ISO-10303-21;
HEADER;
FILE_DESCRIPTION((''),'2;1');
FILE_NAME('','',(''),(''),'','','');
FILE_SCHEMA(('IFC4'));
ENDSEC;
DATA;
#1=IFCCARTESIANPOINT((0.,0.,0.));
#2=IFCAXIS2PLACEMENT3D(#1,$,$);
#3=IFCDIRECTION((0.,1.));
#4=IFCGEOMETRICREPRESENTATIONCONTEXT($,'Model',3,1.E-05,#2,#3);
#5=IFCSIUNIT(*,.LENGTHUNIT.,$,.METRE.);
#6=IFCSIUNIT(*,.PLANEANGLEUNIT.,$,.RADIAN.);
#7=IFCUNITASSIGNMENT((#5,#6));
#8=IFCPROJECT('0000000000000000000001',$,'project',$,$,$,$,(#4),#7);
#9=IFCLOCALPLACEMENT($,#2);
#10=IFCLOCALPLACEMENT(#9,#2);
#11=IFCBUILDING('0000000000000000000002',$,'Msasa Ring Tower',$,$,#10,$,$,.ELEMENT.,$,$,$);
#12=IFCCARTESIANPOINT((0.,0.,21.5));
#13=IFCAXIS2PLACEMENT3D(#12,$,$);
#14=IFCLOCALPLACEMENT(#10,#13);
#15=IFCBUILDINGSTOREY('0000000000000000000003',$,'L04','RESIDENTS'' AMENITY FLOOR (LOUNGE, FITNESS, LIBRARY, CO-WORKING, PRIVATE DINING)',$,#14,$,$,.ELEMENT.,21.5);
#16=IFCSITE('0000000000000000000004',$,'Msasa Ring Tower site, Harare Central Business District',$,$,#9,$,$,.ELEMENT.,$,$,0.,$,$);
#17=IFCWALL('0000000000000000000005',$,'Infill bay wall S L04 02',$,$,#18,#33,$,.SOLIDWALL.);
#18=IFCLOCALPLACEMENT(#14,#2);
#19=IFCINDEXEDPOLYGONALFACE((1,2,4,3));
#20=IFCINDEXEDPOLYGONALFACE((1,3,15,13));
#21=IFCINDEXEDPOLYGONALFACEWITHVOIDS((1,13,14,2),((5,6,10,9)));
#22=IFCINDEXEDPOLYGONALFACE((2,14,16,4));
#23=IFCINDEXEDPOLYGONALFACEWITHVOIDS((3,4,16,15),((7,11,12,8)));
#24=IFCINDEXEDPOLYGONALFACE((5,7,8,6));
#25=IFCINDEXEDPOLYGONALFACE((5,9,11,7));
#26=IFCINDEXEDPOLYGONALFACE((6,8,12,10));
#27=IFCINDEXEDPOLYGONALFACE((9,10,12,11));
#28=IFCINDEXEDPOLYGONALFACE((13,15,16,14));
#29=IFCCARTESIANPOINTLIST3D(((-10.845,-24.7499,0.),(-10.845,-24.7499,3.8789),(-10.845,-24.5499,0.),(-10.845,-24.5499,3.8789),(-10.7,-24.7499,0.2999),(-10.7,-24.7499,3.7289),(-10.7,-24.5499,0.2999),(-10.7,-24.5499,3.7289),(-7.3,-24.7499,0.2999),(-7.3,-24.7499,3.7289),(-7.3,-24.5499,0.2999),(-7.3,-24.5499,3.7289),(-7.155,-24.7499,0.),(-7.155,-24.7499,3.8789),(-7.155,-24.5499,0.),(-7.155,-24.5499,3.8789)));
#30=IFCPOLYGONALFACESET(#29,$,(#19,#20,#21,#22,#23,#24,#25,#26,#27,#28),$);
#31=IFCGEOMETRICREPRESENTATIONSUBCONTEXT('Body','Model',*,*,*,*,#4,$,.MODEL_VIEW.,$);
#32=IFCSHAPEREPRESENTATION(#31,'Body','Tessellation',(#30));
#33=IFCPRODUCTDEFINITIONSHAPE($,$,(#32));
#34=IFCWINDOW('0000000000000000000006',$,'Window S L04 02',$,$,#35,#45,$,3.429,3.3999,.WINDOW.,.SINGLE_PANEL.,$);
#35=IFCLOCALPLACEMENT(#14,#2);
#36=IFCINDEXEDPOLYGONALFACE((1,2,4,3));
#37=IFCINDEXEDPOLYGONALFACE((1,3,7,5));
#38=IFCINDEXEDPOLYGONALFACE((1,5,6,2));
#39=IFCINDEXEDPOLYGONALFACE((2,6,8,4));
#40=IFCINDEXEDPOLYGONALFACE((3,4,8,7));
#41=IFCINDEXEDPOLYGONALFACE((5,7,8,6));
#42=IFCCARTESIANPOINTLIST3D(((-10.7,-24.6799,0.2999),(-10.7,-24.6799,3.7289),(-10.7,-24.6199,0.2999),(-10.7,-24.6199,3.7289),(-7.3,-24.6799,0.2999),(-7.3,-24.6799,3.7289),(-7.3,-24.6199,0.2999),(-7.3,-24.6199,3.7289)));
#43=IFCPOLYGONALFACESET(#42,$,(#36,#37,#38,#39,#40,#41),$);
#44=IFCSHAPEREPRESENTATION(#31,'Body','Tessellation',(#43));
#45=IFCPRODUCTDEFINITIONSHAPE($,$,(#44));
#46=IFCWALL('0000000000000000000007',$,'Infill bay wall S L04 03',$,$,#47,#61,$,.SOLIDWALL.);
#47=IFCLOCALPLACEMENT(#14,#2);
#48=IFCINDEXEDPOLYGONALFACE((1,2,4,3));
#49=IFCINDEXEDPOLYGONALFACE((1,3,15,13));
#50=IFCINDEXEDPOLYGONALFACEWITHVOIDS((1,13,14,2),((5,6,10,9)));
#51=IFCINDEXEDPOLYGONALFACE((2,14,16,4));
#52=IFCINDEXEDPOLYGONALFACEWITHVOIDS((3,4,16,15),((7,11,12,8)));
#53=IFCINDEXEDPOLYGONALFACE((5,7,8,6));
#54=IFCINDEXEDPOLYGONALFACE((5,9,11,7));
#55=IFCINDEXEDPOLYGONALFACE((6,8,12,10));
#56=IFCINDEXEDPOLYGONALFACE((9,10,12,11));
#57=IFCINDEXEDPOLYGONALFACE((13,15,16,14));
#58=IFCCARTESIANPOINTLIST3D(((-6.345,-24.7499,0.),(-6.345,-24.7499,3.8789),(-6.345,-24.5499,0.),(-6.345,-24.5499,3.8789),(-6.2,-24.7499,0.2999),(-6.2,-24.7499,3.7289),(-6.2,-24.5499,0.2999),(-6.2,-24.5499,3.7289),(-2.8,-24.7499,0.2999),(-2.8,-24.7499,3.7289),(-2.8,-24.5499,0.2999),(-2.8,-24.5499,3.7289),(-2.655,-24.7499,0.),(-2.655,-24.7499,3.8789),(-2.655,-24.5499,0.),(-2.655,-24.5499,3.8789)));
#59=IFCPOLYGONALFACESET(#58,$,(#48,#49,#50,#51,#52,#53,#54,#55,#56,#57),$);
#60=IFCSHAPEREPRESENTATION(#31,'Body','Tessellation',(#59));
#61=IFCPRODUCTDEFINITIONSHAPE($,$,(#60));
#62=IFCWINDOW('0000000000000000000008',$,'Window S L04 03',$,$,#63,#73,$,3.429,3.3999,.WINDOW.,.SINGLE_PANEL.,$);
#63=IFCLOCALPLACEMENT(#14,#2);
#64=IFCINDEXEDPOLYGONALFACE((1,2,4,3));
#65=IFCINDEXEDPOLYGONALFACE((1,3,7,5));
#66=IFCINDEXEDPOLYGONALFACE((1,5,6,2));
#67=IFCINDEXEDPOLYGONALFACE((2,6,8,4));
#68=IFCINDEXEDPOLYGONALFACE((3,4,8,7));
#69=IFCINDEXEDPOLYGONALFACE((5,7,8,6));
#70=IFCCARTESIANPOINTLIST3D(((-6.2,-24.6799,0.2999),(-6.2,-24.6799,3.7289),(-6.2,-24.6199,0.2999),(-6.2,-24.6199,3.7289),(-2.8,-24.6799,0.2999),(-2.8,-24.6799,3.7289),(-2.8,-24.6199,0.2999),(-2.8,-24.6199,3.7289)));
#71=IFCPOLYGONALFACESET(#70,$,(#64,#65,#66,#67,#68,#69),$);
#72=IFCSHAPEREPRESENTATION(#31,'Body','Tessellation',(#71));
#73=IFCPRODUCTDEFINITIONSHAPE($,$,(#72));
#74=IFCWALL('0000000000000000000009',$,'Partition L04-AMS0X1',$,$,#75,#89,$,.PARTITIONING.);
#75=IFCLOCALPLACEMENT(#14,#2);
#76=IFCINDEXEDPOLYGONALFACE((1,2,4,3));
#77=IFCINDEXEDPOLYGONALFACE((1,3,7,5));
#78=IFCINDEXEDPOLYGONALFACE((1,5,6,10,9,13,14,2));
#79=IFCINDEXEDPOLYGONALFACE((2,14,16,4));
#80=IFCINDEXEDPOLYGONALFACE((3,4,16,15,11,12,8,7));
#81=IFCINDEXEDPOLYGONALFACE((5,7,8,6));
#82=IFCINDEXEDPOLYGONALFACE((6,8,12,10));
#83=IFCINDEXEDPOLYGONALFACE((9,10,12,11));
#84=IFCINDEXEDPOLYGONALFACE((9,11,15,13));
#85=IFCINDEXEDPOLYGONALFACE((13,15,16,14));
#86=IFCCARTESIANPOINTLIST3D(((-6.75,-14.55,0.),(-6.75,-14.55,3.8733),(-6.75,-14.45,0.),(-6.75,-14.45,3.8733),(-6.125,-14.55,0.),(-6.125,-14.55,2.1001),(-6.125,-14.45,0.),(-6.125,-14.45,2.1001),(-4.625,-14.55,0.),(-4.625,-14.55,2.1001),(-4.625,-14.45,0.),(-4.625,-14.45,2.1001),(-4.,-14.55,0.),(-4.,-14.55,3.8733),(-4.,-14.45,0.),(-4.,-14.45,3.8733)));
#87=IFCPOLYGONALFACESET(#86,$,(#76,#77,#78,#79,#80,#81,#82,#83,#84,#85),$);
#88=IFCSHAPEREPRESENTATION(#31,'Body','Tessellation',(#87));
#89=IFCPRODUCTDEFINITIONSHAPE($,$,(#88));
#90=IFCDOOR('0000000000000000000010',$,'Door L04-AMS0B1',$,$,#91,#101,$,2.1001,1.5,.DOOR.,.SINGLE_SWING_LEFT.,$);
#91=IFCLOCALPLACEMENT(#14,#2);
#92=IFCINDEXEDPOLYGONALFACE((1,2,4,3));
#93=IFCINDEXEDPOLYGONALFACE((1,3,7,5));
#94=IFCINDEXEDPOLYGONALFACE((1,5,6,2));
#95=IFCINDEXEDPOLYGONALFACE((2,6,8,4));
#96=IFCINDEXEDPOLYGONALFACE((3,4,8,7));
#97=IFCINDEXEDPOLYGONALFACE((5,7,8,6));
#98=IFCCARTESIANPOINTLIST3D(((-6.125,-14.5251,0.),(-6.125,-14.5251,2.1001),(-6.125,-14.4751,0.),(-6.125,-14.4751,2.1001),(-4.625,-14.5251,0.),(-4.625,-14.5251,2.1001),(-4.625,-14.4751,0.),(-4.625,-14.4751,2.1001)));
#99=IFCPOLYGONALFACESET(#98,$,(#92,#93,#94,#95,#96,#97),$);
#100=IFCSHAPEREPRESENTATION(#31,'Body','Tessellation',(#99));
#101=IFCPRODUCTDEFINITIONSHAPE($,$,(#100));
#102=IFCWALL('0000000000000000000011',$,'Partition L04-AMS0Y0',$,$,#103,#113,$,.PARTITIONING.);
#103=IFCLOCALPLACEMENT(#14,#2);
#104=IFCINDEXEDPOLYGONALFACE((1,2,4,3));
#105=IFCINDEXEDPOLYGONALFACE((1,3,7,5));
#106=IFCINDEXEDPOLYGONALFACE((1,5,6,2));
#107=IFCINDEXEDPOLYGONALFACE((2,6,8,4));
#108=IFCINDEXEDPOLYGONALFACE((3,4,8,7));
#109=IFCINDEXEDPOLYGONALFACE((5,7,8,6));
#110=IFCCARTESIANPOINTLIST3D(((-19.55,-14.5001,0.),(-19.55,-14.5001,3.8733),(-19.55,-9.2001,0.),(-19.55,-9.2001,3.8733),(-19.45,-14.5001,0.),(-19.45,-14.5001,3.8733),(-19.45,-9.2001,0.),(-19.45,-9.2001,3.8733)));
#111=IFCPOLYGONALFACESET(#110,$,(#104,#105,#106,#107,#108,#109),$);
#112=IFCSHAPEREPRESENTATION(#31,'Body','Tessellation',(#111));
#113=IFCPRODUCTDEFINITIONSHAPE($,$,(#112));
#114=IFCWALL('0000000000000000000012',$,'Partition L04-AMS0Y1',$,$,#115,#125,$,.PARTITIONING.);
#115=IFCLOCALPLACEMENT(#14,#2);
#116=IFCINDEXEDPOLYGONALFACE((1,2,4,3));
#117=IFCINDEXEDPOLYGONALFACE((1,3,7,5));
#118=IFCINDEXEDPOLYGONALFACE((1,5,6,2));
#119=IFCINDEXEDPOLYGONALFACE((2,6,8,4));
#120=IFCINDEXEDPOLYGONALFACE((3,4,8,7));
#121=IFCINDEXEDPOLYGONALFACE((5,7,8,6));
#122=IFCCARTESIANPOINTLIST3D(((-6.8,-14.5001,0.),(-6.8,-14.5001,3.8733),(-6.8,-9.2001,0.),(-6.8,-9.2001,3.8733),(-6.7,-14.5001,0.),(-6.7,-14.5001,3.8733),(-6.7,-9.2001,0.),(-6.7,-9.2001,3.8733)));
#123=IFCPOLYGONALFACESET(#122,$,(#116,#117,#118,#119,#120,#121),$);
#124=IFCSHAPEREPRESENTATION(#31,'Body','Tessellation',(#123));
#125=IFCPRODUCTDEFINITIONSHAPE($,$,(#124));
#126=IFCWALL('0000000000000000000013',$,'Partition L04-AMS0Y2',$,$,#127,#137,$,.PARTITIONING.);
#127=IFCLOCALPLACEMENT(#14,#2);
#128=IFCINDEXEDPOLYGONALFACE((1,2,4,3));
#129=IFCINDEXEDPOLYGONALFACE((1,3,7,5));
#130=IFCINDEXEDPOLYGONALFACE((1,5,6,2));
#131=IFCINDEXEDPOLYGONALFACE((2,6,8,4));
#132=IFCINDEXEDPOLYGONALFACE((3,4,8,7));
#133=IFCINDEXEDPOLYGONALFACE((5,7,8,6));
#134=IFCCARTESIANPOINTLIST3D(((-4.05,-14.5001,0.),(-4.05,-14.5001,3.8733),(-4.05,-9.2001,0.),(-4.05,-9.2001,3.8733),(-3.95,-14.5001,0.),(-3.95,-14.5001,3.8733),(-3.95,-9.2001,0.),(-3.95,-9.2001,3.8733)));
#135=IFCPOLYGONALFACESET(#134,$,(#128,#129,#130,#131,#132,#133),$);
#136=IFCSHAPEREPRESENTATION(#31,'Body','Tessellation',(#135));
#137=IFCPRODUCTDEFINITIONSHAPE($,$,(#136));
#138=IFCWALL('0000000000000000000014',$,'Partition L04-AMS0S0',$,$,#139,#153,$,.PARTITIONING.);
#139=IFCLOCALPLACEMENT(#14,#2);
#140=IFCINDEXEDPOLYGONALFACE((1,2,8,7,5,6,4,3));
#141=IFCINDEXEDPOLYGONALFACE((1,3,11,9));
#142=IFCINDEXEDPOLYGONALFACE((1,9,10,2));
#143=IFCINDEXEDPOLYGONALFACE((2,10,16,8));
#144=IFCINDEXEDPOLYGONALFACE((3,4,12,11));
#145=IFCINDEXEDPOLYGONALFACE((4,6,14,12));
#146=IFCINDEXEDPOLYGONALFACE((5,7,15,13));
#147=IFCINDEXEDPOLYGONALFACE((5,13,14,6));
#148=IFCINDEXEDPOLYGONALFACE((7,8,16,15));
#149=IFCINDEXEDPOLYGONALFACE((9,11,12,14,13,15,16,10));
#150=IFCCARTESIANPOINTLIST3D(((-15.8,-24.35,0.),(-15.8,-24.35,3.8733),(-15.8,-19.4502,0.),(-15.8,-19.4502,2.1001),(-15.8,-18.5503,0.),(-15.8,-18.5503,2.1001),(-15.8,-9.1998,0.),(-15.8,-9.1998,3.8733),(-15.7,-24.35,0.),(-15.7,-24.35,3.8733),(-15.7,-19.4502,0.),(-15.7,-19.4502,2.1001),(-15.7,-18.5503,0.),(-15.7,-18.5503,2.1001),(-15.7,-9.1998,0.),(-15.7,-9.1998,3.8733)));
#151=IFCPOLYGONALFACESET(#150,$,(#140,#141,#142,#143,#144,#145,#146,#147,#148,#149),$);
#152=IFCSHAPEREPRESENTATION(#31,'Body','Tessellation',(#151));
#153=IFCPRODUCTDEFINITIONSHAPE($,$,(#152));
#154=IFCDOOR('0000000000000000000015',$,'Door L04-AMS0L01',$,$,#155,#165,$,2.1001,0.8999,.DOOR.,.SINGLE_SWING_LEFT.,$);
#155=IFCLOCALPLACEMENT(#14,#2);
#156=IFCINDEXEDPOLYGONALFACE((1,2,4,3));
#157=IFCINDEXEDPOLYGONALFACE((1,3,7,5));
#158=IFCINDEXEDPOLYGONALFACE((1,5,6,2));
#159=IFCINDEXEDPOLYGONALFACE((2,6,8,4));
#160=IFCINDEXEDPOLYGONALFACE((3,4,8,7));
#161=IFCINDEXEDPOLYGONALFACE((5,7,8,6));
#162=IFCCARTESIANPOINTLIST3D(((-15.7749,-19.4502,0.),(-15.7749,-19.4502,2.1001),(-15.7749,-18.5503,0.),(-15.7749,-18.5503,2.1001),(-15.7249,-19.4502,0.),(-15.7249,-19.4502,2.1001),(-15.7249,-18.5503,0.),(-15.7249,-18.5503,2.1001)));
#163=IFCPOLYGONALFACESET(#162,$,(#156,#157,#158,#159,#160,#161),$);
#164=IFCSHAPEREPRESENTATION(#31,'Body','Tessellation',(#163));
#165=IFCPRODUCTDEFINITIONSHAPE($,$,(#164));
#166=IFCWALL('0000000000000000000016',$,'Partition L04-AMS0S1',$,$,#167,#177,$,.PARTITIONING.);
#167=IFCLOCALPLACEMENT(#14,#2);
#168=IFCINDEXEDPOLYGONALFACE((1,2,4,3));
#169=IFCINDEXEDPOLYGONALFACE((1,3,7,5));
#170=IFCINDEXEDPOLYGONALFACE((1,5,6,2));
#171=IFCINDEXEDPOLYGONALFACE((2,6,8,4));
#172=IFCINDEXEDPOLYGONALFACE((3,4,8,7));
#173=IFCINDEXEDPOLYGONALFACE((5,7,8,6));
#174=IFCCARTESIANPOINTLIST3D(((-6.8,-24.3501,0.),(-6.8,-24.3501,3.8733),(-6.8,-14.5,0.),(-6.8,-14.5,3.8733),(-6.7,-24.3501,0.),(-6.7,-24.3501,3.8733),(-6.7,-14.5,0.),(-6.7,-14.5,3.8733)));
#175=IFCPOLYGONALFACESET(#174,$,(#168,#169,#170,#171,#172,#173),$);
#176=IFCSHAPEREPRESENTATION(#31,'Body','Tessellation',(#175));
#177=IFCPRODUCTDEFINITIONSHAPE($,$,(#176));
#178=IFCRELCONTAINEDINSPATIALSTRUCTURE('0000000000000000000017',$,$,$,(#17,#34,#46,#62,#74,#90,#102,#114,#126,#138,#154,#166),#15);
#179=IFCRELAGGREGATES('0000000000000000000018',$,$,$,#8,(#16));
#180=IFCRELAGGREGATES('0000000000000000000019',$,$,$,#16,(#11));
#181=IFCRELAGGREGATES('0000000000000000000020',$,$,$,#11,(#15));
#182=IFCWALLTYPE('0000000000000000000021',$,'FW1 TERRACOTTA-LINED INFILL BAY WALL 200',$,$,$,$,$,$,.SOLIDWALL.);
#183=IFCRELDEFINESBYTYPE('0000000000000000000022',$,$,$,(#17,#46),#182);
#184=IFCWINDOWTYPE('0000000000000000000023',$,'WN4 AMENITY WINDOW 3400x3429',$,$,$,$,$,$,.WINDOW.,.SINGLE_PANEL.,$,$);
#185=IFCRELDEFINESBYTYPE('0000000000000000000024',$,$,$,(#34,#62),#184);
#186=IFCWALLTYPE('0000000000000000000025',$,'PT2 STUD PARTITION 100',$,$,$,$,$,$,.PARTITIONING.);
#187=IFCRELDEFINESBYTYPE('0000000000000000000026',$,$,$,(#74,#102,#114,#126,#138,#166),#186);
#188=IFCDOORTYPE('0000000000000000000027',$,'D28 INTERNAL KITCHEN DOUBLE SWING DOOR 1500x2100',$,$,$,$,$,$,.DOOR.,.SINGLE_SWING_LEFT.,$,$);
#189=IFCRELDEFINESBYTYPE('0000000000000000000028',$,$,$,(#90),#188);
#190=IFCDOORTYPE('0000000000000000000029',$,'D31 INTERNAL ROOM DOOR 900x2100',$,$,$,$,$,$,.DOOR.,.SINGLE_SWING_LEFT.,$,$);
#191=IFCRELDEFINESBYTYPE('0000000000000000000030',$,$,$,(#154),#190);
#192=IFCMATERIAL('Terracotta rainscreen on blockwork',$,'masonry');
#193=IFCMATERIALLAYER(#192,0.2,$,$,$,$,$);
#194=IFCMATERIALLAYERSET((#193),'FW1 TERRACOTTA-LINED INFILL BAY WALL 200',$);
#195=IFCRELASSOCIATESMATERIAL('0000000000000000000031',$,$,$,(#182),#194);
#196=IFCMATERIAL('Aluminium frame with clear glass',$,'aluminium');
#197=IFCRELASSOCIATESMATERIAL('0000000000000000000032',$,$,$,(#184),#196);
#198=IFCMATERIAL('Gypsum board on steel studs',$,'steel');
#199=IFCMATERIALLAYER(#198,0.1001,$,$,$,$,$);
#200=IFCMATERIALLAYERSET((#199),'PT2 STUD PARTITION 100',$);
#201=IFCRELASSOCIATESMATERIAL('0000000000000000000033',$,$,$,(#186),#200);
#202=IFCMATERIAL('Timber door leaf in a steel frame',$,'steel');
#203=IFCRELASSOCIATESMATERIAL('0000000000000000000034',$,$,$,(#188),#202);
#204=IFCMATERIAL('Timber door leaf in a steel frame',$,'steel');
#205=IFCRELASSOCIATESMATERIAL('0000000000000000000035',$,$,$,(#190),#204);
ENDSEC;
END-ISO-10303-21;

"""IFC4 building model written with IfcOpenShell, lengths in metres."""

from ifc_helpers import new_model, si_unit, direction, frame, frame_2d, origin, place, context, subcontext, project, spatial, rectangle, extrude, material, layer, layer_set, type_object, element, fill, save


model = new_model("IFC4")

# Units and contexts
model_context = context("Model", 3, precision=1e-05, world=origin(), true_north=direction((0.0, 1.0)))
body_context = subcontext(model_context, "Body", "Model", "MODEL_VIEW")
ifc_project = project(units=[si_unit("LENGTHUNIT", "METRE"), si_unit("PLANEANGLEUNIT", "RADIAN")], contexts=[model_context])

# Site, building, storey
site_placement = place(None, origin())
site = spatial("IfcSite", under=ifc_project, at=site_placement, Name="Msasa Ring Tower site, Harare Central Business District", CompositionType="ELEMENT", RefElevation=0.0)
building_placement = place(site_placement, origin())
building = spatial("IfcBuilding", under=site, at=building_placement, Name="Msasa Ring Tower", CompositionType="ELEMENT")
storey_placement = place(building_placement, frame((0.0, 0.0, 21.5)))
storey = spatial("IfcBuildingStorey", under=building, at=storey_placement, Name="L04", Description="RESIDENTS' AMENITY FLOOR (LOUNGE, FITNESS, LIBRARY, CO-WORKING, PRIVATE DINING)", CompositionType="ELEMENT", Elevation=21.5)

# Shared definitions
ifc_material_1 = material(Name="Terracotta rainscreen on blockwork", Category="masonry")
ifc_layer_1 = layer(ifc_material_1, 0.2)
ifc_layer_set_1 = layer_set([ifc_layer_1], Name="FW1 TERRACOTTA-LINED INFILL BAY WALL 200")
wall_type_1 = type_object("IfcWallType", Name="FW1 TERRACOTTA-LINED INFILL BAY WALL 200", PredefinedType="SOLIDWALL", material=ifc_layer_set_1)
ifc_material_2 = material(Name="Aluminium frame with clear glass", Category="aluminium")
window_type = type_object("IfcWindowType", Name="WN4 AMENITY WINDOW 3400x3429", PartitioningType="SINGLE_PANEL", PredefinedType="WINDOW", material=ifc_material_2)

# Walls, openings, windows
wall_1_placement = place(storey_placement, frame((-10.845, -24.6499, 0.0), z_axis=(0.0, 0.0, 1.0), x_axis=(1.0, 0.0, 0.0)))
wall_1 = element("IfcWall", 1, at=wall_1_placement, inside=storey, type_object=wall_type_1, Name="Infill bay wall S L04 02", PredefinedType="SOLIDWALL", context=body_context, shape_type="SweptSolid", body=[
    extrude(rectangle(XDim=3.6899, YDim=0.2, at=frame_2d((1.845, 0.0))), origin(), (0.0, 0.0, 1.0), 3.8789),
])
opening_1_placement = place(wall_1_placement, frame((0.145, 0.0, 0.3)))
opening_1 = element("IfcOpeningElement", 2, at=opening_1_placement, cuts=wall_1, PredefinedType="OPENING", context=body_context, shape_type="SweptSolid", body=[
    extrude(rectangle(XDim=3.3999, YDim=3.429, at=frame_2d((1.7, 1.7144))), frame((0.0, 0.1099, 0.0), z_axis=(0.0, -1.0, 0.0), x_axis=(1.0, 0.0, 0.0)), (0.0, 0.0, 1.0), 0.22),
])
window_1_placement = place(opening_1_placement, origin())
window_1 = element("IfcWindow", 3, at=window_1_placement, inside=storey, type_object=window_type, Name="Window S L04 02", OverallHeight=3.429, OverallWidth=3.3999, PartitioningType="SINGLE_PANEL", PredefinedType="WINDOW", context=body_context, shape_type="SweptSolid", body=[
    extrude(rectangle(XDim=3.3999, YDim=3.429, at=frame_2d((1.7, 1.7144))), frame((0.0, 0.03, 0.0), z_axis=(0.0, -1.0, 0.0), x_axis=(1.0, 0.0, 0.0)), (0.0, 0.0, 1.0), 0.0601),
])
fill(opening_1, window_1)
wall_2_placement = place(storey_placement, frame((-6.345, -24.6499, 0.0), z_axis=(0.0, 0.0, 1.0), x_axis=(1.0, 0.0, 0.0)))
wall_2 = element("IfcWall", 4, at=wall_2_placement, inside=storey, type_object=wall_type_1, Name="Infill bay wall S L04 03", PredefinedType="SOLIDWALL", context=body_context, shape_type="SweptSolid", body=[
    extrude(rectangle(XDim=3.6899, YDim=0.2, at=frame_2d((1.845, 0.0))), origin(), (0.0, 0.0, 1.0), 3.8789),
])
opening_2_placement = place(wall_2_placement, frame((0.145, 0.0, 0.3)))
opening_2 = element("IfcOpeningElement", 5, at=opening_2_placement, cuts=wall_2, PredefinedType="OPENING", context=body_context, shape_type="SweptSolid", body=[
    extrude(rectangle(XDim=3.3999, YDim=3.429, at=frame_2d((1.7, 1.7144))), frame((0.0, 0.1099, 0.0), z_axis=(0.0, -1.0, 0.0), x_axis=(1.0, 0.0, 0.0)), (0.0, 0.0, 1.0), 0.22),
])
window_2_placement = place(opening_2_placement, origin())
window_2 = element("IfcWindow", 6, at=window_2_placement, inside=storey, type_object=window_type, Name="Window S L04 03", OverallHeight=3.429, OverallWidth=3.3999, PartitioningType="SINGLE_PANEL", PredefinedType="WINDOW", context=body_context, shape_type="SweptSolid", body=[
    extrude(rectangle(XDim=3.3999, YDim=3.429, at=frame_2d((1.7, 1.7144))), frame((0.0, 0.03, 0.0), z_axis=(0.0, -1.0, 0.0), x_axis=(1.0, 0.0, 0.0)), (0.0, 0.0, 1.0), 0.0601),
])
fill(opening_2, window_2)

# Wall, opening, door
ifc_material_3 = material(Name="Gypsum board on steel studs", Category="steel")
ifc_layer_2 = layer(ifc_material_3, 0.1001)
ifc_layer_set_2 = layer_set([ifc_layer_2], Name="PT2 STUD PARTITION 100")
wall_type_2 = type_object("IfcWallType", Name="PT2 STUD PARTITION 100", PredefinedType="PARTITIONING", material=ifc_layer_set_2)
wall_3_placement = place(storey_placement, frame((-6.75, -14.5, 0.0), z_axis=(0.0, 0.0, 1.0), x_axis=(1.0, 0.0, 0.0)))
wall_3 = element("IfcWall", 7, at=wall_3_placement, inside=storey, type_object=wall_type_2, Name="Partition L04-AMS0X1", PredefinedType="PARTITIONING", context=body_context, shape_type="SweptSolid", body=[
    extrude(rectangle(XDim=2.75, YDim=0.1001, at=frame_2d((1.375, 0.0))), origin(), (0.0, 0.0, 1.0), 3.8733),
])
opening_3_placement = place(wall_3_placement, frame((0.625, 0.0, 0.0)))
opening_3 = element("IfcOpeningElement", 8, at=opening_3_placement, cuts=wall_3, PredefinedType="OPENING", context=body_context, shape_type="SweptSolid", body=[
    extrude(rectangle(XDim=1.5, YDim=2.1001, at=frame_2d((0.75, 1.05))), frame((0.0, 0.0601, 0.0), z_axis=(0.0, -1.0, 0.0), x_axis=(1.0, 0.0, 0.0)), (0.0, 0.0, 1.0), 0.1201),
])
ifc_material_4 = material(Name="Timber door leaf in a steel frame", Category="steel")
door_type_1 = type_object("IfcDoorType", Name="D28 INTERNAL KITCHEN DOUBLE SWING DOOR 1500x2100", OperationType="SINGLE_SWING_LEFT", PredefinedType="DOOR", material=ifc_material_4)
door_1_placement = place(opening_3_placement, origin())
door_1 = element("IfcDoor", 9, at=door_1_placement, inside=storey, type_object=door_type_1, Name="Door L04-AMS0B1", OperationType="SINGLE_SWING_LEFT", OverallHeight=2.1001, OverallWidth=1.5, PredefinedType="DOOR", context=body_context, shape_type="SweptSolid", body=[
    extrude(rectangle(XDim=1.5, YDim=2.1001, at=frame_2d((0.75, 1.05))), frame((0.0, 0.0249, 0.0), z_axis=(0.0, -1.0, 0.0), x_axis=(1.0, 0.0, 0.0)), (0.0, 0.0, 1.0), 0.05),
])
fill(opening_3, door_1)

# Walls
for number, where, z_axis, x_axis, name in (
    (10, (-19.5, -14.5, 0.0), (0.0, 0.0, 1.0), (0.0, 1.0, 0.0), "Partition L04-AMS0Y0"),
    (11, (-6.75, -14.5, 0.0), (0.0, 0.0, 1.0), (0.0, 1.0, 0.0), "Partition L04-AMS0Y1"),
    (12, (-4.0, -14.5, 0.0), (0.0, 0.0, 1.0), (0.0, 1.0, 0.0), "Partition L04-AMS0Y2"),
):
    element("IfcWall", number, at=place(storey_placement, frame(where, z_axis=z_axis, x_axis=x_axis)), inside=storey, type_object=wall_type_2, Name=name, PredefinedType="PARTITIONING", context=body_context, shape_type="SweptSolid", body=[
        extrude(rectangle(XDim=5.3, YDim=0.1001, at=frame_2d((2.6499, 0.0))), origin(), (0.0, 0.0, 1.0), 3.8733),
    ])

# Wall, opening, door
wall_4_placement = place(storey_placement, frame((-15.75, -24.3501, 0.0), z_axis=(0.0, 0.0, 1.0), x_axis=(0.0, 1.0, 0.0)))
wall_4 = element("IfcWall", 13, at=wall_4_placement, inside=storey, type_object=wall_type_2, Name="Partition L04-AMS0S0", PredefinedType="PARTITIONING", context=body_context, shape_type="SweptSolid", body=[
    extrude(rectangle(XDim=15.1501, YDim=0.1001, at=frame_2d((7.5752, 0.0))), origin(), (0.0, 0.0, 1.0), 3.8733),
])
opening_4_placement = place(wall_4_placement, frame((4.8999, 0.0, 0.0)))
opening_4 = element("IfcOpeningElement", 14, at=opening_4_placement, cuts=wall_4, PredefinedType="OPENING", context=body_context, shape_type="SweptSolid", body=[
    extrude(rectangle(XDim=0.8999, YDim=2.1001, at=frame_2d((0.45, 1.05))), frame((0.0, 0.0601, 0.0), z_axis=(0.0, -1.0, 0.0), x_axis=(1.0, 0.0, 0.0)), (0.0, 0.0, 1.0), 0.1201),
])
ifc_material_5 = material(Name="Timber door leaf in a steel frame", Category="steel")
door_type_2 = type_object("IfcDoorType", Name="D31 INTERNAL ROOM DOOR 900x2100", OperationType="SINGLE_SWING_LEFT", PredefinedType="DOOR", material=ifc_material_5)
door_2_placement = place(opening_4_placement, origin())
door_2 = element("IfcDoor", 15, at=door_2_placement, inside=storey, type_object=door_type_2, Name="Door L04-AMS0L01", OperationType="SINGLE_SWING_LEFT", OverallHeight=2.1001, OverallWidth=0.8999, PredefinedType="DOOR", context=body_context, shape_type="SweptSolid", body=[
    extrude(rectangle(XDim=0.8999, YDim=2.1001, at=frame_2d((0.45, 1.05))), frame((0.0, 0.0249, 0.0), z_axis=(0.0, -1.0, 0.0), x_axis=(1.0, 0.0, 0.0)), (0.0, 0.0, 1.0), 0.05),
])
fill(opening_4, door_2)

# Wall
wall_5_placement = place(storey_placement, frame((-6.75, -24.3501, 0.0), z_axis=(0.0, 0.0, 1.0), x_axis=(0.0, 1.0, 0.0)))
element("IfcWall", 16, at=wall_5_placement, inside=storey, type_object=wall_type_2, Name="Partition L04-AMS0S1", PredefinedType="PARTITIONING", context=body_context, shape_type="SweptSolid", body=[
    extrude(rectangle(XDim=9.8501, YDim=0.1001, at=frame_2d((4.925, 0.0))), origin(), (0.0, 0.0, 1.0), 3.8733),
])

save(model, "model.ifc")
